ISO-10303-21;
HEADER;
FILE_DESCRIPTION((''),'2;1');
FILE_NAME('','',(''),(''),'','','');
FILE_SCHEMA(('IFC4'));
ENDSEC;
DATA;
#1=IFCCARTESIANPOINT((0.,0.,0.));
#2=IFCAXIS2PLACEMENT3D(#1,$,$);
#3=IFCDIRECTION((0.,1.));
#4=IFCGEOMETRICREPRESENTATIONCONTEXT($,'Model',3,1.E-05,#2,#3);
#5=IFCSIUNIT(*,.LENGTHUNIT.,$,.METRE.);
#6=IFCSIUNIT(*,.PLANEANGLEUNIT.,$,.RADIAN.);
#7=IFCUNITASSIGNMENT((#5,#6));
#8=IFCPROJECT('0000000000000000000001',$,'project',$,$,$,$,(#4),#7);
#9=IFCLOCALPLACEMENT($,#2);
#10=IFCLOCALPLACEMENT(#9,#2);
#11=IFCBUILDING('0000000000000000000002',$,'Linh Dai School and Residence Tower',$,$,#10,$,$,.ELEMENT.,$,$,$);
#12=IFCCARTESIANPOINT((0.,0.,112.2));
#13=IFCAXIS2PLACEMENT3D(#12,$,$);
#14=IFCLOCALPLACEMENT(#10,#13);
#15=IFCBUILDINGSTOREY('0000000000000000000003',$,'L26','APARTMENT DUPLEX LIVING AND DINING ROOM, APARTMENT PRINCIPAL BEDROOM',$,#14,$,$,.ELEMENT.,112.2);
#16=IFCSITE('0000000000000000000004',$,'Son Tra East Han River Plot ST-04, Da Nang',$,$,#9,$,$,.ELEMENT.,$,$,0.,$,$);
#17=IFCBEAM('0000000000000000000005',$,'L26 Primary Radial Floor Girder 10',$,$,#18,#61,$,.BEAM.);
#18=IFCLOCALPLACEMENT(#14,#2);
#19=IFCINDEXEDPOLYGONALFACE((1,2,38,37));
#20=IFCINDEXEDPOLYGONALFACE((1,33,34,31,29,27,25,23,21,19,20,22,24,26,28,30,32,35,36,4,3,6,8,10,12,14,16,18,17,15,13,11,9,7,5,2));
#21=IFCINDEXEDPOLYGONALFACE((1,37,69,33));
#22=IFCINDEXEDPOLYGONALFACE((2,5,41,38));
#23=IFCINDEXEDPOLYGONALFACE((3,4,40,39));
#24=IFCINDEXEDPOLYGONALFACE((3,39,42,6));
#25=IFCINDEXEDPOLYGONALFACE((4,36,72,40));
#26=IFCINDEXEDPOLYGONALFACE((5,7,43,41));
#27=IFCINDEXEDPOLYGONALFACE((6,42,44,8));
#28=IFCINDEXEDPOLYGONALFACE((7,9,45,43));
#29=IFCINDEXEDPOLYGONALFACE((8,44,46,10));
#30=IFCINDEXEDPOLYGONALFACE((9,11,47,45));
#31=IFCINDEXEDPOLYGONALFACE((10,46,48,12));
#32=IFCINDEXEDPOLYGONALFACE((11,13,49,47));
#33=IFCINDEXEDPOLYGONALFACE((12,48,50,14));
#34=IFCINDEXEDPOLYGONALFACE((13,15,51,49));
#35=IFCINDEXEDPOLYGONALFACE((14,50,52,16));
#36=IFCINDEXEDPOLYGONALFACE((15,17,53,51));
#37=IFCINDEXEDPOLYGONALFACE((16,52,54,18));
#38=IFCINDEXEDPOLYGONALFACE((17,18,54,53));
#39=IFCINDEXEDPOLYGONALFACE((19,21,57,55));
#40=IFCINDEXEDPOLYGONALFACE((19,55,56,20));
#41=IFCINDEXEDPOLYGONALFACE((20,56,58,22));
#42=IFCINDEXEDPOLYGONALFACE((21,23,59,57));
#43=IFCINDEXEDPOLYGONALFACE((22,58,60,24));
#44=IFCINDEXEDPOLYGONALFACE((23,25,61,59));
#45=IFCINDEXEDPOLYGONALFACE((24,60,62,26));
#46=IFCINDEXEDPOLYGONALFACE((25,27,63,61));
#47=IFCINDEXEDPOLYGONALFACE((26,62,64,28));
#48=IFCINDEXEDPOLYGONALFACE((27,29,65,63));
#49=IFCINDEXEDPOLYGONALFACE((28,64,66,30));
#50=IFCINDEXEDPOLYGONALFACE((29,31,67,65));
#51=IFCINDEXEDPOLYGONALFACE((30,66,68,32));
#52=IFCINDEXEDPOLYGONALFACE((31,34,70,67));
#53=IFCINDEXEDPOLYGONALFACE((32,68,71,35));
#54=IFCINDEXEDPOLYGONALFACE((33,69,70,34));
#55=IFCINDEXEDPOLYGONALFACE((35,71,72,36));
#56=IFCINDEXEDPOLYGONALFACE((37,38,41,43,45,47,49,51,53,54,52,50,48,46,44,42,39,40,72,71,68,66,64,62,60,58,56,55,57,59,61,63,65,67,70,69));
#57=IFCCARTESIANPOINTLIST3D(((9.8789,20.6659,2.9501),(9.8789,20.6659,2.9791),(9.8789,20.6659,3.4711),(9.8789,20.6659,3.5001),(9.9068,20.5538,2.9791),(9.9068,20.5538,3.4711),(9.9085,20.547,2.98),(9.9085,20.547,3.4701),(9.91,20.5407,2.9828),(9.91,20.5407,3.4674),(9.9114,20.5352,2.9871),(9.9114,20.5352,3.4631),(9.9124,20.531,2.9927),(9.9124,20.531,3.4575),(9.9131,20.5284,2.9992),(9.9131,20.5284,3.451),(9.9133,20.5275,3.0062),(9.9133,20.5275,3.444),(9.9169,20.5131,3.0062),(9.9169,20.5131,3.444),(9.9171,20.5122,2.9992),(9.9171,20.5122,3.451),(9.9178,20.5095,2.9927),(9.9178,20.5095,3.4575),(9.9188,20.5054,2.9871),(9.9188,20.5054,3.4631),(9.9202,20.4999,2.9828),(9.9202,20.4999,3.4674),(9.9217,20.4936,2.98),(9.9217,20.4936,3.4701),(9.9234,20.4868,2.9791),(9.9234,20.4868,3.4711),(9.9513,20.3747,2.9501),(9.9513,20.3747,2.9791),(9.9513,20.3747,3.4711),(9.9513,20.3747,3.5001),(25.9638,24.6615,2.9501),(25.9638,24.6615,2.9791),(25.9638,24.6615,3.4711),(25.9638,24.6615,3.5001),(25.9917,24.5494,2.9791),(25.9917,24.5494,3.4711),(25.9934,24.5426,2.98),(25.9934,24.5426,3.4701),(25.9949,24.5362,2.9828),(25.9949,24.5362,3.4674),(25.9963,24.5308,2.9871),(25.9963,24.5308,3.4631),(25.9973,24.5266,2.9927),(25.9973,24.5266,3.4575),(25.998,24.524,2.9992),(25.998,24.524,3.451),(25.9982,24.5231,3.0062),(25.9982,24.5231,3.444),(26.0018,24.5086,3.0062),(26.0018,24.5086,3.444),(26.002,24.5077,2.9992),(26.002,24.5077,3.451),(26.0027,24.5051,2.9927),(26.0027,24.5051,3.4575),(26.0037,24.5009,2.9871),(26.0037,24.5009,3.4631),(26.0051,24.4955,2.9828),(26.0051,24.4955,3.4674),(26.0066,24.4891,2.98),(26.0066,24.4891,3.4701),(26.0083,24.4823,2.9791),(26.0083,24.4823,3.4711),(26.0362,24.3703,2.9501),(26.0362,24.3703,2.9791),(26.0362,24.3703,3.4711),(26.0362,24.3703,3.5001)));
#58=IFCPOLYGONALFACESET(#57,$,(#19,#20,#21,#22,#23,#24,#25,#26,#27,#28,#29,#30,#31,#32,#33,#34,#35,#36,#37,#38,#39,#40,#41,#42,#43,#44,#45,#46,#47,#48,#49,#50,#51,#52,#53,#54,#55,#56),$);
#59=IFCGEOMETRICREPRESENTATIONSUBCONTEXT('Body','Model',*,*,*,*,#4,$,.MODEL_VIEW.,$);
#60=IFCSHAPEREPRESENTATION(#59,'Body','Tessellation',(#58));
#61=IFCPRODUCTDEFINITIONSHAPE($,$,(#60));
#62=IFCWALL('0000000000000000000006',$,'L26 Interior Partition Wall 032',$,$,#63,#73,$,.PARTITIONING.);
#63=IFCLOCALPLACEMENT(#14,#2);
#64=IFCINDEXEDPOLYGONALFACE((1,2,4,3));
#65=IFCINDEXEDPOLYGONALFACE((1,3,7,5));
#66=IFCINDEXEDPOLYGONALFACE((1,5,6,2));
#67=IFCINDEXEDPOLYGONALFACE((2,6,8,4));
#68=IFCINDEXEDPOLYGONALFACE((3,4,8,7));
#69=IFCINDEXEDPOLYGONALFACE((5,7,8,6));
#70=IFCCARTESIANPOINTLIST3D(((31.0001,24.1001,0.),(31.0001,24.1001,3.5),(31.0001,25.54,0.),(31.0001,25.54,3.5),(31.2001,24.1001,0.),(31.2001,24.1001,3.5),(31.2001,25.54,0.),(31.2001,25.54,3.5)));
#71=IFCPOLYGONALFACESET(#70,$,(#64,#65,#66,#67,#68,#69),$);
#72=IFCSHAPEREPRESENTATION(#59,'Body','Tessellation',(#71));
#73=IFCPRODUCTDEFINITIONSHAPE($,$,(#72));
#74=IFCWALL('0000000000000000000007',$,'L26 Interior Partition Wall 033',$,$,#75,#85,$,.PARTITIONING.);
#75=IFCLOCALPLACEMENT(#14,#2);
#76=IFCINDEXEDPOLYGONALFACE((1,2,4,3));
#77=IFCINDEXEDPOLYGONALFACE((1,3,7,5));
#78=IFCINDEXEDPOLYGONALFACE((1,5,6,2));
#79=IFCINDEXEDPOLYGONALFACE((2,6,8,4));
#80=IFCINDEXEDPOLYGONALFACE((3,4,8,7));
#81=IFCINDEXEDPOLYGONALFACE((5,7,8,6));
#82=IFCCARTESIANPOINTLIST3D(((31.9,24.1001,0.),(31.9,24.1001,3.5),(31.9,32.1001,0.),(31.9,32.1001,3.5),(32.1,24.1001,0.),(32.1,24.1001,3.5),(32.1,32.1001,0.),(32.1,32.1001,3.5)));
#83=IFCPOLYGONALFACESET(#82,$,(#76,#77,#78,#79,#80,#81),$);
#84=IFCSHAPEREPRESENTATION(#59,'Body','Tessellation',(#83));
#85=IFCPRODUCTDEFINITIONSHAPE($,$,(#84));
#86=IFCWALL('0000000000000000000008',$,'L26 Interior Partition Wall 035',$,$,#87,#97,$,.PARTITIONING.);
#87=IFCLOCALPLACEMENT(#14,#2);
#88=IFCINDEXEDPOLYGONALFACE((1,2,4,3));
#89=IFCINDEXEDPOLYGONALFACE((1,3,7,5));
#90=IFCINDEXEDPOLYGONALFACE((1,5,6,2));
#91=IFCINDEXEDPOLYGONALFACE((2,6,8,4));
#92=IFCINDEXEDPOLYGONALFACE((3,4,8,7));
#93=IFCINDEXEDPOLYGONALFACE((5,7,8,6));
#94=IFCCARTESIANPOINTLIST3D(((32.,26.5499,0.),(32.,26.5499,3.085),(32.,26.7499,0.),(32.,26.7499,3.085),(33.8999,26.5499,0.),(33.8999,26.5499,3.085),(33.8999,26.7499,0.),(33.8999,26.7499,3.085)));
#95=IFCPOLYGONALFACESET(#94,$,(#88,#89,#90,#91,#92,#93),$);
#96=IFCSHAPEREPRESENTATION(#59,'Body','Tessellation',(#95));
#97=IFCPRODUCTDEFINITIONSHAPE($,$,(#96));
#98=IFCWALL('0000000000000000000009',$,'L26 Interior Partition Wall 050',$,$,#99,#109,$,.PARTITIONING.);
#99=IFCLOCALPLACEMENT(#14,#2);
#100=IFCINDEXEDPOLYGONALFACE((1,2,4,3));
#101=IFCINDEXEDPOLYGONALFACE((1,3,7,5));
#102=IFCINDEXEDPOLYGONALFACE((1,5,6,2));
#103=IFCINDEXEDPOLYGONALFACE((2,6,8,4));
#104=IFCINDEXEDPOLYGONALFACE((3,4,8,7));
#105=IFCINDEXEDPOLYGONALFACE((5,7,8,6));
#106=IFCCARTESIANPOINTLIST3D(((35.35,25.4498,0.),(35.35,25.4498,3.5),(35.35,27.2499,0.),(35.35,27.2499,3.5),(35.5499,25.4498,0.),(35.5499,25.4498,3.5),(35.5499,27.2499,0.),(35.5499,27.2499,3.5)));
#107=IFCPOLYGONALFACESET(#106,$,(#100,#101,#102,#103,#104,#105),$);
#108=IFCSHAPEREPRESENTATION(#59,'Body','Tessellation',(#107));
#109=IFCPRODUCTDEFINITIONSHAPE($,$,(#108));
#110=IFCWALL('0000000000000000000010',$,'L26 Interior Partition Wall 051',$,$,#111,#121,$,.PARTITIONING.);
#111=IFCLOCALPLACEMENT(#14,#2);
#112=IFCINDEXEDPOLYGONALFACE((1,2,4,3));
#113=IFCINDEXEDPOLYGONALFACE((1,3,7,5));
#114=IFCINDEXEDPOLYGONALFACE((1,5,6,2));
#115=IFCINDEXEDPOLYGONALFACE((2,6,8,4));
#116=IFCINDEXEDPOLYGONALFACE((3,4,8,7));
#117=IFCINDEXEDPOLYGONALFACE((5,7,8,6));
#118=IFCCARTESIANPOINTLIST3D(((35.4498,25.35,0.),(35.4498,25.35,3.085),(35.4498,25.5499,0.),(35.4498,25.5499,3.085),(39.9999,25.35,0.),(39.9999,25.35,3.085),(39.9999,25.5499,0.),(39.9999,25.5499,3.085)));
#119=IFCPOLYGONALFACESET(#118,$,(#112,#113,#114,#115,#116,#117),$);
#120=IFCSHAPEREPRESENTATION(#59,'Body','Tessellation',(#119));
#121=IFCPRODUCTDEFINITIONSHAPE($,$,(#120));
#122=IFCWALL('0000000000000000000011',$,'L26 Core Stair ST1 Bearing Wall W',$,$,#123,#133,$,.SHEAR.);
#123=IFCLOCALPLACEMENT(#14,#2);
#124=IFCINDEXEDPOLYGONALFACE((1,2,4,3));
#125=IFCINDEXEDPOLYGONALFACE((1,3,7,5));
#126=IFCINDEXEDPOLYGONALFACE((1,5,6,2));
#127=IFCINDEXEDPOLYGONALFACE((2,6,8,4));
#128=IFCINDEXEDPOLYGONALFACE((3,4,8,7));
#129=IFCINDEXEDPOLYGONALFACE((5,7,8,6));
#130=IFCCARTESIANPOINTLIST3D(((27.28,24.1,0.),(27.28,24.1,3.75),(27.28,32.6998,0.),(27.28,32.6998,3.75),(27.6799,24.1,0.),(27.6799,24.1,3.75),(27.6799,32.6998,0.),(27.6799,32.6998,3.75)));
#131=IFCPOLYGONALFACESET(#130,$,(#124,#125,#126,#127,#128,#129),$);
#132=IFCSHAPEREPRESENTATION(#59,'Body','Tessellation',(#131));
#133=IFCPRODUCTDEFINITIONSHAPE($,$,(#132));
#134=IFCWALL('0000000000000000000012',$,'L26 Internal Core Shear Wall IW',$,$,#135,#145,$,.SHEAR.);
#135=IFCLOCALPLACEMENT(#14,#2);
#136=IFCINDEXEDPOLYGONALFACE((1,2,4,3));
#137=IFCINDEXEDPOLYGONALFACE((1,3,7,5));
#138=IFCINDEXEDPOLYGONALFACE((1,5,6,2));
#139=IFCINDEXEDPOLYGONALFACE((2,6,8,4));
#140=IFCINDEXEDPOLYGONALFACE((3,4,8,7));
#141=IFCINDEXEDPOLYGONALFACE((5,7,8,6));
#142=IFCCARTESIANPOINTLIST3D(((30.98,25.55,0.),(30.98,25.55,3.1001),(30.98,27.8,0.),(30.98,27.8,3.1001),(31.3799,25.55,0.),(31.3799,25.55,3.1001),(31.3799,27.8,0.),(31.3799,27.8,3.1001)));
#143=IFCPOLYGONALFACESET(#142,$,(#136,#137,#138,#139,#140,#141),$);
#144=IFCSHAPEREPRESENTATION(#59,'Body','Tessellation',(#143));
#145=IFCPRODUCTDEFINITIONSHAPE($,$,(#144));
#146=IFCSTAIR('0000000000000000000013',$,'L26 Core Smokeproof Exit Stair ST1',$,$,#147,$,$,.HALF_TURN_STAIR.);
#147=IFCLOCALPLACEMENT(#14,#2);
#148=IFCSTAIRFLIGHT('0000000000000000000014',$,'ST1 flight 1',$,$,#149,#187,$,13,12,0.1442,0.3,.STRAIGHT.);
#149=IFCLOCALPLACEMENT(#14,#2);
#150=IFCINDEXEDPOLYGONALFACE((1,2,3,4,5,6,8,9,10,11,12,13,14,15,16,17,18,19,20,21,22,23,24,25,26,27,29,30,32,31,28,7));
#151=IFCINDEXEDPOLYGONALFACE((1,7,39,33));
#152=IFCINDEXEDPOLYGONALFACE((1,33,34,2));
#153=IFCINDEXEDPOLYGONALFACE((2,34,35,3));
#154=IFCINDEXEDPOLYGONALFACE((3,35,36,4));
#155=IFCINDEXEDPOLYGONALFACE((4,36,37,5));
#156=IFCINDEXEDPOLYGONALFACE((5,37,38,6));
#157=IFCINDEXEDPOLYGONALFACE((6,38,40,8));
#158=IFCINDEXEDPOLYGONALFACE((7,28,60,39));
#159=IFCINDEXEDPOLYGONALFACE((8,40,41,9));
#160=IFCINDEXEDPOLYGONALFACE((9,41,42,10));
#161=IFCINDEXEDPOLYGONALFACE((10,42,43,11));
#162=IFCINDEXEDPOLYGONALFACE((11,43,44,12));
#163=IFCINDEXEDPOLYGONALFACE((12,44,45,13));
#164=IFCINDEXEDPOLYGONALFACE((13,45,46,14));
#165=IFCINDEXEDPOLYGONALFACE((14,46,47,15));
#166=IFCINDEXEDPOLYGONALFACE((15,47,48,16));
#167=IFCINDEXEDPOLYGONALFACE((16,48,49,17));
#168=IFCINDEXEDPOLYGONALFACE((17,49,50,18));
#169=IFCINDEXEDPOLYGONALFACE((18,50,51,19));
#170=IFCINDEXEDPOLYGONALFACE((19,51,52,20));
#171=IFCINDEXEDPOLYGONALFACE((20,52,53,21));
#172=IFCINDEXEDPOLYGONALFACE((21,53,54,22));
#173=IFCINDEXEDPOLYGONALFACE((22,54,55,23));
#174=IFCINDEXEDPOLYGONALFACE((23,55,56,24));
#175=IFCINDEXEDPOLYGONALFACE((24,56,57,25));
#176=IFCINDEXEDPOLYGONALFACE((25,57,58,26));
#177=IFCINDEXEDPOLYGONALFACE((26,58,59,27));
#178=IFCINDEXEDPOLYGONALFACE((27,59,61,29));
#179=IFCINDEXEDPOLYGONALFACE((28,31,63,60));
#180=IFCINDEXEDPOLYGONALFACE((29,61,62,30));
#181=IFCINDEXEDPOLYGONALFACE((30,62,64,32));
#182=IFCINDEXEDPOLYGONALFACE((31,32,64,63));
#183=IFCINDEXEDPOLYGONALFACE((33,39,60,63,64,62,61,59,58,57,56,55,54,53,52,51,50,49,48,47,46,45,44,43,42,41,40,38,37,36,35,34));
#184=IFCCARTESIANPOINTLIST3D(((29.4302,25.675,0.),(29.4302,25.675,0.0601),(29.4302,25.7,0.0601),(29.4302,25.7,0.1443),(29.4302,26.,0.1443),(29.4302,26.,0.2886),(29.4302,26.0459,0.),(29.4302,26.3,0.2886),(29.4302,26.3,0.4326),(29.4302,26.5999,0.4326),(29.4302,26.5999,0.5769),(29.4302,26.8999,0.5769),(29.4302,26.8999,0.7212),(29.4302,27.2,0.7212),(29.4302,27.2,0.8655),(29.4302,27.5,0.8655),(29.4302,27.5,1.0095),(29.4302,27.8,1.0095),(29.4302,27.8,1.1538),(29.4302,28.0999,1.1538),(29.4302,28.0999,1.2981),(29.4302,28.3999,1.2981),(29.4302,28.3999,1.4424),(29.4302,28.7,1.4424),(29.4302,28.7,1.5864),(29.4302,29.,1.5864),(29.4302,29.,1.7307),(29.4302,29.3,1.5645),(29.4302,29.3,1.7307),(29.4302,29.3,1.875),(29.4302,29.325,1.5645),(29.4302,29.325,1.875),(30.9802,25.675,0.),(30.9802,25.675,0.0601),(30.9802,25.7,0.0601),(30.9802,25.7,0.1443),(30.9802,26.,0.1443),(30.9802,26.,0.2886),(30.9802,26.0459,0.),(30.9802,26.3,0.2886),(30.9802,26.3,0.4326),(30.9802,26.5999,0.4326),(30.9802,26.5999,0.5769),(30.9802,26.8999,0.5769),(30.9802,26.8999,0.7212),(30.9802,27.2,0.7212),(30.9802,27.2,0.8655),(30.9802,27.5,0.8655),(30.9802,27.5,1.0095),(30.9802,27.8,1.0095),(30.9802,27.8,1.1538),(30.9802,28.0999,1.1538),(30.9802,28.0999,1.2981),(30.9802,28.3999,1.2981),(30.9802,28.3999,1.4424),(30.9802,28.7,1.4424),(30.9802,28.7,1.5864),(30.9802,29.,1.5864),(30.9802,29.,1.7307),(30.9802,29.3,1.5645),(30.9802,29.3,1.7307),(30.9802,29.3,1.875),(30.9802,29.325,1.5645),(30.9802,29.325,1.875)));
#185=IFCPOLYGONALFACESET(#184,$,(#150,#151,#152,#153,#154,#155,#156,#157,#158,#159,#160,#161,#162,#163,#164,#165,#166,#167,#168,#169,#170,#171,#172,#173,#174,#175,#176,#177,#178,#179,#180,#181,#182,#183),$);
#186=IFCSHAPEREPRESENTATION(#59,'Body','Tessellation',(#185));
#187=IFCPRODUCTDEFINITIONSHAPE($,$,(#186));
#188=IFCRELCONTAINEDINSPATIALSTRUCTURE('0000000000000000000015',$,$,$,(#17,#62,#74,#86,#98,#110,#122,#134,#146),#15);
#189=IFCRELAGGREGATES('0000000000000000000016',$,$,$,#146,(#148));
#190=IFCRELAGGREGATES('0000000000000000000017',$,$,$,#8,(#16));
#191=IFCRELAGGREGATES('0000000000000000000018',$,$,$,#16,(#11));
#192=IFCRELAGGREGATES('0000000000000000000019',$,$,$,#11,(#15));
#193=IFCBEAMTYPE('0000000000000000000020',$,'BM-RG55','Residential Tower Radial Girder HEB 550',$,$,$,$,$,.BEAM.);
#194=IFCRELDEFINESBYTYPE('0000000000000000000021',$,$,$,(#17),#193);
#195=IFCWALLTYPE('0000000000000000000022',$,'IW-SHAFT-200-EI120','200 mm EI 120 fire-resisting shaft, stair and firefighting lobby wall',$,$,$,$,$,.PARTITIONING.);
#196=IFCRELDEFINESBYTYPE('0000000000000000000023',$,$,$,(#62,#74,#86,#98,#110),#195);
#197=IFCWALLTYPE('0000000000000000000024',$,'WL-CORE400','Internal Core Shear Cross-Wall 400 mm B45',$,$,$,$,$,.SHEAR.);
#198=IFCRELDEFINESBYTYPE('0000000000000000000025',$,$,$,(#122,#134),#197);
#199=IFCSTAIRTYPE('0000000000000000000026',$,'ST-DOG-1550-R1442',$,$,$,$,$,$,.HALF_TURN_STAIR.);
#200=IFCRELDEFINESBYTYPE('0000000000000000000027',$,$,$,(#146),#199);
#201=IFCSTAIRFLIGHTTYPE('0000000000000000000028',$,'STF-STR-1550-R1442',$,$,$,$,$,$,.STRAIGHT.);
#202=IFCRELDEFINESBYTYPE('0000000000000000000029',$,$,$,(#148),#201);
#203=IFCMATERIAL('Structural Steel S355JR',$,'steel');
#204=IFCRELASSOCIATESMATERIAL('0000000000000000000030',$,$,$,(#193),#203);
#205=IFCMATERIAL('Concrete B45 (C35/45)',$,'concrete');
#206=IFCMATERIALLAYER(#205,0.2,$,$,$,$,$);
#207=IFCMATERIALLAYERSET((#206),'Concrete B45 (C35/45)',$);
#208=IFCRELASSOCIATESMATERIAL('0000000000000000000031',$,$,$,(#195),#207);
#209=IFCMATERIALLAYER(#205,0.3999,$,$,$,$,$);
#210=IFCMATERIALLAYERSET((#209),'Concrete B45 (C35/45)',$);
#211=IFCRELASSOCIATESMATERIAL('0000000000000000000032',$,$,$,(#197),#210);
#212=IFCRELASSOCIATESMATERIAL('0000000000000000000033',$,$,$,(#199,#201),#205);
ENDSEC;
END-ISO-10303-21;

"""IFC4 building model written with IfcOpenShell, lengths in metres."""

from ifc_helpers import new_model, si_unit, direction, frame, frame_2d, origin, origin_2d, place, context, subcontext, project, spatial, polyline, rectangle, i_section, outline, extrude, source, transform, mapped, material, layer, layer_set, material_profile, profile_set, type_object, element, aggregate, save


model = new_model("IFC4")

# Units and contexts
model_context = context("Model", 3, precision=1e-05, world=origin(), true_north=direction((0.0, 1.0)))
body_context = subcontext(model_context, "Body", "Model", "MODEL_VIEW")
ifc_project = project(units=[si_unit("LENGTHUNIT", "METRE"), si_unit("PLANEANGLEUNIT", "RADIAN")], contexts=[model_context])

# Site, building, storey
site_placement = place(None, origin())
site = spatial("IfcSite", under=ifc_project, at=site_placement, Name="Son Tra East Han River Plot ST-04, Da Nang", CompositionType="ELEMENT", RefElevation=0.0)
building_placement = place(site_placement, origin())
building = spatial("IfcBuilding", under=site, at=building_placement, Name="Linh Dai School and Residence Tower", CompositionType="ELEMENT")
storey_placement = place(building_placement, frame((0.0, 0.0, 112.2)))
storey = spatial("IfcBuildingStorey", under=building, at=storey_placement, Name="L26", Description="APARTMENT DUPLEX LIVING AND DINING ROOM, APARTMENT PRINCIPAL BEDROOM", CompositionType="ELEMENT", Elevation=112.2)

# Shared definitions
ifc_material_1 = material(Name="Structural Steel S355JR", Category="steel")

# Beam
ifc_material_profile_1 = material_profile(ifc_material_1, i_section(OverallWidth=0.3, OverallDepth=0.55, WebThickness=0.0149, FlangeThickness=0.0291, FilletRadius=0.0271, at=origin_2d()), Name="HEB 550")
ifc_profile_set_1 = profile_set([ifc_material_profile_1], Name="Structural Steel S355JR")
beam_type = type_object("IfcBeamType", Name="BM-RG55", Description="Residential Tower Radial Girder HEB 550", PredefinedType="BEAM", material=ifc_profile_set_1)
beam_placement = place(storey_placement, frame((26.0, 24.5159, 3.2251), z_axis=(-0.970505, -0.24108, 0.0), x_axis=(0.24108, -0.970505, 0.0)))
element("IfcBeam", 1, at=beam_placement, inside=storey, type_object=beam_type, Name="L26 Primary Radial Floor Girder 10", PredefinedType="BEAM", context=body_context, shape_type="SweptSolid", body=[
    extrude(i_section(OverallWidth=0.3, OverallDepth=0.55, WebThickness=0.0149, FlangeThickness=0.0291, FilletRadius=0.0271, at=origin_2d()), origin(), (0.0, 0.0, 1.0), 16.5737),
])

# Shared definitions
ifc_material_2 = material(Name="Concrete B45 (C35/45)", Category="concrete")
ifc_layer_1 = layer(ifc_material_2, 0.2)
ifc_layer_set_1 = layer_set([ifc_layer_1], Name="Concrete B45 (C35/45)")
wall_type_1 = type_object("IfcWallType", Name="IW-SHAFT-200-EI120", Description="200 mm EI 120 fire-resisting shaft, stair and firefighting lobby wall", PredefinedType="PARTITIONING", material=ifc_layer_set_1)

# Walls
wall_1_placement = place(storey_placement, frame((31.1001, 24.1001, 0.0), z_axis=(0.0, 0.0, 1.0), x_axis=(0.0, 1.0, 0.0)))
element("IfcWall", 2, at=wall_1_placement, inside=storey, type_object=wall_type_1, Name="L26 Interior Partition Wall 032", PredefinedType="PARTITIONING", context=body_context, shape_type="SweptSolid", body=[
    extrude(rectangle(XDim=1.4399, YDim=0.2, at=frame_2d((0.72, 0.0))), origin(), (0.0, 0.0, 1.0), 3.5),
])
wall_2_placement = place(storey_placement, frame((32.0, 24.1001, 0.0), z_axis=(0.0, 0.0, 1.0), x_axis=(0.0, 1.0, 0.0)))
element("IfcWall", 3, at=wall_2_placement, inside=storey, type_object=wall_type_1, Name="L26 Interior Partition Wall 033", PredefinedType="PARTITIONING", context=body_context, shape_type="SweptSolid", body=[
    extrude(rectangle(XDim=8.0, YDim=0.2, at=frame_2d((4.0, 0.0))), origin(), (0.0, 0.0, 1.0), 3.5),
])

# Wall
wall_3_placement = place(storey_placement, frame((32.0, 26.6499, 0.0), z_axis=(0.0, 0.0, 1.0), x_axis=(1.0, 0.0, 0.0)))
element("IfcWall", 4, at=wall_3_placement, inside=storey, type_object=wall_type_1, Name="L26 Interior Partition Wall 035", PredefinedType="PARTITIONING", context=body_context, shape_type="SweptSolid", body=[
    extrude(rectangle(XDim=1.8999, YDim=0.2, at=frame_2d((0.95, 0.0))), origin(), (0.0, 0.0, 1.0), 3.085),
])

# Walls
wall_4_placement = place(storey_placement, frame((35.45, 25.45, 0.0), z_axis=(0.0, 0.0, 1.0), x_axis=(0.0, 1.0, 0.0)))
element("IfcWall", 5, at=wall_4_placement, inside=storey, type_object=wall_type_1, Name="L26 Interior Partition Wall 050", PredefinedType="PARTITIONING", context=body_context, shape_type="SweptSolid", body=[
    extrude(rectangle(XDim=1.8, YDim=0.2, at=frame_2d((0.8999, 0.0))), origin(), (0.0, 0.0, 1.0), 3.5),
])
wall_5_placement = place(storey_placement, frame((35.45, 25.45, 0.0), z_axis=(0.0, 0.0, 1.0), x_axis=(1.0, 0.0, 0.0)))
element("IfcWall", 6, at=wall_5_placement, inside=storey, type_object=wall_type_1, Name="L26 Interior Partition Wall 051", PredefinedType="PARTITIONING", context=body_context, shape_type="SweptSolid", body=[
    extrude(rectangle(XDim=4.55, YDim=0.2, at=frame_2d((2.2749, 0.0))), origin(), (0.0, 0.0, 1.0), 3.085),
])
ifc_layer_2 = layer(ifc_material_2, 0.3999)
ifc_layer_set_2 = layer_set([ifc_layer_2], Name="Concrete B45 (C35/45)")
wall_type_2 = type_object("IfcWallType", Name="WL-CORE400", Description="Internal Core Shear Cross-Wall 400 mm B45", PredefinedType="SHEAR", material=ifc_layer_set_2)
wall_6_placement = place(storey_placement, frame((27.48, 24.1001, 0.0), z_axis=(0.0, 0.0, 1.0), x_axis=(0.0, 1.0, 0.0)))
element("IfcWall", 7, at=wall_6_placement, inside=storey, type_object=wall_type_2, Name="L26 Core Stair ST1 Bearing Wall W", PredefinedType="SHEAR", context=body_context, shape_type="SweptSolid", body=[
    extrude(rectangle(XDim=8.5999, YDim=0.3999, at=frame_2d((4.2998, 0.0))), origin(), (0.0, 0.0, 1.0), 3.75),
])
wall_7_placement = place(storey_placement, frame((31.1799, 25.55, 0.0), z_axis=(0.0, 0.0, 1.0), x_axis=(0.0, 1.0, 0.0)))
element("IfcWall", 8, at=wall_7_placement, inside=storey, type_object=wall_type_2, Name="L26 Internal Core Shear Wall IW", PredefinedType="SHEAR", context=body_context, shape_type="SweptSolid", body=[
    extrude(rectangle(XDim=2.25, YDim=0.3999, at=frame_2d((1.125, 0.0))), origin(), (0.0, 0.0, 1.0), 3.1001),
])

# Stair, stair flight
stair_type = type_object("IfcStairType", Name="ST-DOG-1550-R1442", PredefinedType="HALF_TURN_STAIR", material=ifc_material_2)
stair_placement = place(storey_placement, origin())
stair = element("IfcStair", 9, at=stair_placement, inside=storey, type_object=stair_type, Name="L26 Core Smokeproof Exit Stair ST1", PredefinedType="HALF_TURN_STAIR")
stair_flight_type = type_object("IfcStairFlightType", Name="STF-STR-1550-R1442", PredefinedType="STRAIGHT", material=ifc_material_2)
shared_shape_1 = source(origin(), body_context, "Body", "SweptSolid", [
    extrude(outline(polyline([(-0.0249, 0.0), (-0.0249, 0.0601), (0.0, 0.0601), (0.0, 0.1443), (0.3, 0.1443), (0.3, 0.2886), (0.6001, 0.2886), (0.6001, 0.4326), (0.8999, 0.4326), (0.8999, 0.5769), (1.2, 0.5769), (1.2, 0.7212), (1.5, 0.7212), (1.5, 0.8655), (1.8, 0.8655), (1.8, 1.0095), (2.1001, 1.0095), (2.1001, 1.1538), (2.3999, 1.1538), (2.3999, 1.2981), (2.7, 1.2981), (2.7, 1.4424), (3.0, 1.4424), (3.0, 1.5864), (3.3, 1.5864), (3.3, 1.7307), (3.6001, 1.7307), (3.6001, 1.875), (3.625, 1.875), (3.625, 1.5645), (3.6001, 1.5645), (0.3459, 0.0), (-0.0249, 0.0)])), frame((0.0, 0.7749, 0.0), z_axis=(0.0, -1.0, 0.0), x_axis=(1.0, 0.0, 0.0)), (0.0, 0.0, 1.0), 1.55),
])
stair_flight_placement = place(storey_placement, frame((30.2051, 25.7, 0.0), z_axis=(0.0, 0.0, 1.0), x_axis=(0.0, 1.0, 0.0)))
stair_flight = element("IfcStairFlight", 10, at=stair_flight_placement, type_object=stair_flight_type, Name="ST1 flight 1", NumberOfRisers=13, NumberOfTreads=12, PredefinedType="STRAIGHT", RiserHeight=0.1442, TreadLength=0.3, context=body_context, shape_type="MappedRepresentation", body=[
    mapped(shared_shape_1, transform((0.0, 0.0, 0.0), x_axis=(1.0, 0.0, 0.0), y_axis=(0.0, 1.0, 0.0), z_axis=(0.0, 0.0, 1.0), scale=1.0)),
])
aggregate(stair, [stair_flight])

save(model, "model.ifc")
